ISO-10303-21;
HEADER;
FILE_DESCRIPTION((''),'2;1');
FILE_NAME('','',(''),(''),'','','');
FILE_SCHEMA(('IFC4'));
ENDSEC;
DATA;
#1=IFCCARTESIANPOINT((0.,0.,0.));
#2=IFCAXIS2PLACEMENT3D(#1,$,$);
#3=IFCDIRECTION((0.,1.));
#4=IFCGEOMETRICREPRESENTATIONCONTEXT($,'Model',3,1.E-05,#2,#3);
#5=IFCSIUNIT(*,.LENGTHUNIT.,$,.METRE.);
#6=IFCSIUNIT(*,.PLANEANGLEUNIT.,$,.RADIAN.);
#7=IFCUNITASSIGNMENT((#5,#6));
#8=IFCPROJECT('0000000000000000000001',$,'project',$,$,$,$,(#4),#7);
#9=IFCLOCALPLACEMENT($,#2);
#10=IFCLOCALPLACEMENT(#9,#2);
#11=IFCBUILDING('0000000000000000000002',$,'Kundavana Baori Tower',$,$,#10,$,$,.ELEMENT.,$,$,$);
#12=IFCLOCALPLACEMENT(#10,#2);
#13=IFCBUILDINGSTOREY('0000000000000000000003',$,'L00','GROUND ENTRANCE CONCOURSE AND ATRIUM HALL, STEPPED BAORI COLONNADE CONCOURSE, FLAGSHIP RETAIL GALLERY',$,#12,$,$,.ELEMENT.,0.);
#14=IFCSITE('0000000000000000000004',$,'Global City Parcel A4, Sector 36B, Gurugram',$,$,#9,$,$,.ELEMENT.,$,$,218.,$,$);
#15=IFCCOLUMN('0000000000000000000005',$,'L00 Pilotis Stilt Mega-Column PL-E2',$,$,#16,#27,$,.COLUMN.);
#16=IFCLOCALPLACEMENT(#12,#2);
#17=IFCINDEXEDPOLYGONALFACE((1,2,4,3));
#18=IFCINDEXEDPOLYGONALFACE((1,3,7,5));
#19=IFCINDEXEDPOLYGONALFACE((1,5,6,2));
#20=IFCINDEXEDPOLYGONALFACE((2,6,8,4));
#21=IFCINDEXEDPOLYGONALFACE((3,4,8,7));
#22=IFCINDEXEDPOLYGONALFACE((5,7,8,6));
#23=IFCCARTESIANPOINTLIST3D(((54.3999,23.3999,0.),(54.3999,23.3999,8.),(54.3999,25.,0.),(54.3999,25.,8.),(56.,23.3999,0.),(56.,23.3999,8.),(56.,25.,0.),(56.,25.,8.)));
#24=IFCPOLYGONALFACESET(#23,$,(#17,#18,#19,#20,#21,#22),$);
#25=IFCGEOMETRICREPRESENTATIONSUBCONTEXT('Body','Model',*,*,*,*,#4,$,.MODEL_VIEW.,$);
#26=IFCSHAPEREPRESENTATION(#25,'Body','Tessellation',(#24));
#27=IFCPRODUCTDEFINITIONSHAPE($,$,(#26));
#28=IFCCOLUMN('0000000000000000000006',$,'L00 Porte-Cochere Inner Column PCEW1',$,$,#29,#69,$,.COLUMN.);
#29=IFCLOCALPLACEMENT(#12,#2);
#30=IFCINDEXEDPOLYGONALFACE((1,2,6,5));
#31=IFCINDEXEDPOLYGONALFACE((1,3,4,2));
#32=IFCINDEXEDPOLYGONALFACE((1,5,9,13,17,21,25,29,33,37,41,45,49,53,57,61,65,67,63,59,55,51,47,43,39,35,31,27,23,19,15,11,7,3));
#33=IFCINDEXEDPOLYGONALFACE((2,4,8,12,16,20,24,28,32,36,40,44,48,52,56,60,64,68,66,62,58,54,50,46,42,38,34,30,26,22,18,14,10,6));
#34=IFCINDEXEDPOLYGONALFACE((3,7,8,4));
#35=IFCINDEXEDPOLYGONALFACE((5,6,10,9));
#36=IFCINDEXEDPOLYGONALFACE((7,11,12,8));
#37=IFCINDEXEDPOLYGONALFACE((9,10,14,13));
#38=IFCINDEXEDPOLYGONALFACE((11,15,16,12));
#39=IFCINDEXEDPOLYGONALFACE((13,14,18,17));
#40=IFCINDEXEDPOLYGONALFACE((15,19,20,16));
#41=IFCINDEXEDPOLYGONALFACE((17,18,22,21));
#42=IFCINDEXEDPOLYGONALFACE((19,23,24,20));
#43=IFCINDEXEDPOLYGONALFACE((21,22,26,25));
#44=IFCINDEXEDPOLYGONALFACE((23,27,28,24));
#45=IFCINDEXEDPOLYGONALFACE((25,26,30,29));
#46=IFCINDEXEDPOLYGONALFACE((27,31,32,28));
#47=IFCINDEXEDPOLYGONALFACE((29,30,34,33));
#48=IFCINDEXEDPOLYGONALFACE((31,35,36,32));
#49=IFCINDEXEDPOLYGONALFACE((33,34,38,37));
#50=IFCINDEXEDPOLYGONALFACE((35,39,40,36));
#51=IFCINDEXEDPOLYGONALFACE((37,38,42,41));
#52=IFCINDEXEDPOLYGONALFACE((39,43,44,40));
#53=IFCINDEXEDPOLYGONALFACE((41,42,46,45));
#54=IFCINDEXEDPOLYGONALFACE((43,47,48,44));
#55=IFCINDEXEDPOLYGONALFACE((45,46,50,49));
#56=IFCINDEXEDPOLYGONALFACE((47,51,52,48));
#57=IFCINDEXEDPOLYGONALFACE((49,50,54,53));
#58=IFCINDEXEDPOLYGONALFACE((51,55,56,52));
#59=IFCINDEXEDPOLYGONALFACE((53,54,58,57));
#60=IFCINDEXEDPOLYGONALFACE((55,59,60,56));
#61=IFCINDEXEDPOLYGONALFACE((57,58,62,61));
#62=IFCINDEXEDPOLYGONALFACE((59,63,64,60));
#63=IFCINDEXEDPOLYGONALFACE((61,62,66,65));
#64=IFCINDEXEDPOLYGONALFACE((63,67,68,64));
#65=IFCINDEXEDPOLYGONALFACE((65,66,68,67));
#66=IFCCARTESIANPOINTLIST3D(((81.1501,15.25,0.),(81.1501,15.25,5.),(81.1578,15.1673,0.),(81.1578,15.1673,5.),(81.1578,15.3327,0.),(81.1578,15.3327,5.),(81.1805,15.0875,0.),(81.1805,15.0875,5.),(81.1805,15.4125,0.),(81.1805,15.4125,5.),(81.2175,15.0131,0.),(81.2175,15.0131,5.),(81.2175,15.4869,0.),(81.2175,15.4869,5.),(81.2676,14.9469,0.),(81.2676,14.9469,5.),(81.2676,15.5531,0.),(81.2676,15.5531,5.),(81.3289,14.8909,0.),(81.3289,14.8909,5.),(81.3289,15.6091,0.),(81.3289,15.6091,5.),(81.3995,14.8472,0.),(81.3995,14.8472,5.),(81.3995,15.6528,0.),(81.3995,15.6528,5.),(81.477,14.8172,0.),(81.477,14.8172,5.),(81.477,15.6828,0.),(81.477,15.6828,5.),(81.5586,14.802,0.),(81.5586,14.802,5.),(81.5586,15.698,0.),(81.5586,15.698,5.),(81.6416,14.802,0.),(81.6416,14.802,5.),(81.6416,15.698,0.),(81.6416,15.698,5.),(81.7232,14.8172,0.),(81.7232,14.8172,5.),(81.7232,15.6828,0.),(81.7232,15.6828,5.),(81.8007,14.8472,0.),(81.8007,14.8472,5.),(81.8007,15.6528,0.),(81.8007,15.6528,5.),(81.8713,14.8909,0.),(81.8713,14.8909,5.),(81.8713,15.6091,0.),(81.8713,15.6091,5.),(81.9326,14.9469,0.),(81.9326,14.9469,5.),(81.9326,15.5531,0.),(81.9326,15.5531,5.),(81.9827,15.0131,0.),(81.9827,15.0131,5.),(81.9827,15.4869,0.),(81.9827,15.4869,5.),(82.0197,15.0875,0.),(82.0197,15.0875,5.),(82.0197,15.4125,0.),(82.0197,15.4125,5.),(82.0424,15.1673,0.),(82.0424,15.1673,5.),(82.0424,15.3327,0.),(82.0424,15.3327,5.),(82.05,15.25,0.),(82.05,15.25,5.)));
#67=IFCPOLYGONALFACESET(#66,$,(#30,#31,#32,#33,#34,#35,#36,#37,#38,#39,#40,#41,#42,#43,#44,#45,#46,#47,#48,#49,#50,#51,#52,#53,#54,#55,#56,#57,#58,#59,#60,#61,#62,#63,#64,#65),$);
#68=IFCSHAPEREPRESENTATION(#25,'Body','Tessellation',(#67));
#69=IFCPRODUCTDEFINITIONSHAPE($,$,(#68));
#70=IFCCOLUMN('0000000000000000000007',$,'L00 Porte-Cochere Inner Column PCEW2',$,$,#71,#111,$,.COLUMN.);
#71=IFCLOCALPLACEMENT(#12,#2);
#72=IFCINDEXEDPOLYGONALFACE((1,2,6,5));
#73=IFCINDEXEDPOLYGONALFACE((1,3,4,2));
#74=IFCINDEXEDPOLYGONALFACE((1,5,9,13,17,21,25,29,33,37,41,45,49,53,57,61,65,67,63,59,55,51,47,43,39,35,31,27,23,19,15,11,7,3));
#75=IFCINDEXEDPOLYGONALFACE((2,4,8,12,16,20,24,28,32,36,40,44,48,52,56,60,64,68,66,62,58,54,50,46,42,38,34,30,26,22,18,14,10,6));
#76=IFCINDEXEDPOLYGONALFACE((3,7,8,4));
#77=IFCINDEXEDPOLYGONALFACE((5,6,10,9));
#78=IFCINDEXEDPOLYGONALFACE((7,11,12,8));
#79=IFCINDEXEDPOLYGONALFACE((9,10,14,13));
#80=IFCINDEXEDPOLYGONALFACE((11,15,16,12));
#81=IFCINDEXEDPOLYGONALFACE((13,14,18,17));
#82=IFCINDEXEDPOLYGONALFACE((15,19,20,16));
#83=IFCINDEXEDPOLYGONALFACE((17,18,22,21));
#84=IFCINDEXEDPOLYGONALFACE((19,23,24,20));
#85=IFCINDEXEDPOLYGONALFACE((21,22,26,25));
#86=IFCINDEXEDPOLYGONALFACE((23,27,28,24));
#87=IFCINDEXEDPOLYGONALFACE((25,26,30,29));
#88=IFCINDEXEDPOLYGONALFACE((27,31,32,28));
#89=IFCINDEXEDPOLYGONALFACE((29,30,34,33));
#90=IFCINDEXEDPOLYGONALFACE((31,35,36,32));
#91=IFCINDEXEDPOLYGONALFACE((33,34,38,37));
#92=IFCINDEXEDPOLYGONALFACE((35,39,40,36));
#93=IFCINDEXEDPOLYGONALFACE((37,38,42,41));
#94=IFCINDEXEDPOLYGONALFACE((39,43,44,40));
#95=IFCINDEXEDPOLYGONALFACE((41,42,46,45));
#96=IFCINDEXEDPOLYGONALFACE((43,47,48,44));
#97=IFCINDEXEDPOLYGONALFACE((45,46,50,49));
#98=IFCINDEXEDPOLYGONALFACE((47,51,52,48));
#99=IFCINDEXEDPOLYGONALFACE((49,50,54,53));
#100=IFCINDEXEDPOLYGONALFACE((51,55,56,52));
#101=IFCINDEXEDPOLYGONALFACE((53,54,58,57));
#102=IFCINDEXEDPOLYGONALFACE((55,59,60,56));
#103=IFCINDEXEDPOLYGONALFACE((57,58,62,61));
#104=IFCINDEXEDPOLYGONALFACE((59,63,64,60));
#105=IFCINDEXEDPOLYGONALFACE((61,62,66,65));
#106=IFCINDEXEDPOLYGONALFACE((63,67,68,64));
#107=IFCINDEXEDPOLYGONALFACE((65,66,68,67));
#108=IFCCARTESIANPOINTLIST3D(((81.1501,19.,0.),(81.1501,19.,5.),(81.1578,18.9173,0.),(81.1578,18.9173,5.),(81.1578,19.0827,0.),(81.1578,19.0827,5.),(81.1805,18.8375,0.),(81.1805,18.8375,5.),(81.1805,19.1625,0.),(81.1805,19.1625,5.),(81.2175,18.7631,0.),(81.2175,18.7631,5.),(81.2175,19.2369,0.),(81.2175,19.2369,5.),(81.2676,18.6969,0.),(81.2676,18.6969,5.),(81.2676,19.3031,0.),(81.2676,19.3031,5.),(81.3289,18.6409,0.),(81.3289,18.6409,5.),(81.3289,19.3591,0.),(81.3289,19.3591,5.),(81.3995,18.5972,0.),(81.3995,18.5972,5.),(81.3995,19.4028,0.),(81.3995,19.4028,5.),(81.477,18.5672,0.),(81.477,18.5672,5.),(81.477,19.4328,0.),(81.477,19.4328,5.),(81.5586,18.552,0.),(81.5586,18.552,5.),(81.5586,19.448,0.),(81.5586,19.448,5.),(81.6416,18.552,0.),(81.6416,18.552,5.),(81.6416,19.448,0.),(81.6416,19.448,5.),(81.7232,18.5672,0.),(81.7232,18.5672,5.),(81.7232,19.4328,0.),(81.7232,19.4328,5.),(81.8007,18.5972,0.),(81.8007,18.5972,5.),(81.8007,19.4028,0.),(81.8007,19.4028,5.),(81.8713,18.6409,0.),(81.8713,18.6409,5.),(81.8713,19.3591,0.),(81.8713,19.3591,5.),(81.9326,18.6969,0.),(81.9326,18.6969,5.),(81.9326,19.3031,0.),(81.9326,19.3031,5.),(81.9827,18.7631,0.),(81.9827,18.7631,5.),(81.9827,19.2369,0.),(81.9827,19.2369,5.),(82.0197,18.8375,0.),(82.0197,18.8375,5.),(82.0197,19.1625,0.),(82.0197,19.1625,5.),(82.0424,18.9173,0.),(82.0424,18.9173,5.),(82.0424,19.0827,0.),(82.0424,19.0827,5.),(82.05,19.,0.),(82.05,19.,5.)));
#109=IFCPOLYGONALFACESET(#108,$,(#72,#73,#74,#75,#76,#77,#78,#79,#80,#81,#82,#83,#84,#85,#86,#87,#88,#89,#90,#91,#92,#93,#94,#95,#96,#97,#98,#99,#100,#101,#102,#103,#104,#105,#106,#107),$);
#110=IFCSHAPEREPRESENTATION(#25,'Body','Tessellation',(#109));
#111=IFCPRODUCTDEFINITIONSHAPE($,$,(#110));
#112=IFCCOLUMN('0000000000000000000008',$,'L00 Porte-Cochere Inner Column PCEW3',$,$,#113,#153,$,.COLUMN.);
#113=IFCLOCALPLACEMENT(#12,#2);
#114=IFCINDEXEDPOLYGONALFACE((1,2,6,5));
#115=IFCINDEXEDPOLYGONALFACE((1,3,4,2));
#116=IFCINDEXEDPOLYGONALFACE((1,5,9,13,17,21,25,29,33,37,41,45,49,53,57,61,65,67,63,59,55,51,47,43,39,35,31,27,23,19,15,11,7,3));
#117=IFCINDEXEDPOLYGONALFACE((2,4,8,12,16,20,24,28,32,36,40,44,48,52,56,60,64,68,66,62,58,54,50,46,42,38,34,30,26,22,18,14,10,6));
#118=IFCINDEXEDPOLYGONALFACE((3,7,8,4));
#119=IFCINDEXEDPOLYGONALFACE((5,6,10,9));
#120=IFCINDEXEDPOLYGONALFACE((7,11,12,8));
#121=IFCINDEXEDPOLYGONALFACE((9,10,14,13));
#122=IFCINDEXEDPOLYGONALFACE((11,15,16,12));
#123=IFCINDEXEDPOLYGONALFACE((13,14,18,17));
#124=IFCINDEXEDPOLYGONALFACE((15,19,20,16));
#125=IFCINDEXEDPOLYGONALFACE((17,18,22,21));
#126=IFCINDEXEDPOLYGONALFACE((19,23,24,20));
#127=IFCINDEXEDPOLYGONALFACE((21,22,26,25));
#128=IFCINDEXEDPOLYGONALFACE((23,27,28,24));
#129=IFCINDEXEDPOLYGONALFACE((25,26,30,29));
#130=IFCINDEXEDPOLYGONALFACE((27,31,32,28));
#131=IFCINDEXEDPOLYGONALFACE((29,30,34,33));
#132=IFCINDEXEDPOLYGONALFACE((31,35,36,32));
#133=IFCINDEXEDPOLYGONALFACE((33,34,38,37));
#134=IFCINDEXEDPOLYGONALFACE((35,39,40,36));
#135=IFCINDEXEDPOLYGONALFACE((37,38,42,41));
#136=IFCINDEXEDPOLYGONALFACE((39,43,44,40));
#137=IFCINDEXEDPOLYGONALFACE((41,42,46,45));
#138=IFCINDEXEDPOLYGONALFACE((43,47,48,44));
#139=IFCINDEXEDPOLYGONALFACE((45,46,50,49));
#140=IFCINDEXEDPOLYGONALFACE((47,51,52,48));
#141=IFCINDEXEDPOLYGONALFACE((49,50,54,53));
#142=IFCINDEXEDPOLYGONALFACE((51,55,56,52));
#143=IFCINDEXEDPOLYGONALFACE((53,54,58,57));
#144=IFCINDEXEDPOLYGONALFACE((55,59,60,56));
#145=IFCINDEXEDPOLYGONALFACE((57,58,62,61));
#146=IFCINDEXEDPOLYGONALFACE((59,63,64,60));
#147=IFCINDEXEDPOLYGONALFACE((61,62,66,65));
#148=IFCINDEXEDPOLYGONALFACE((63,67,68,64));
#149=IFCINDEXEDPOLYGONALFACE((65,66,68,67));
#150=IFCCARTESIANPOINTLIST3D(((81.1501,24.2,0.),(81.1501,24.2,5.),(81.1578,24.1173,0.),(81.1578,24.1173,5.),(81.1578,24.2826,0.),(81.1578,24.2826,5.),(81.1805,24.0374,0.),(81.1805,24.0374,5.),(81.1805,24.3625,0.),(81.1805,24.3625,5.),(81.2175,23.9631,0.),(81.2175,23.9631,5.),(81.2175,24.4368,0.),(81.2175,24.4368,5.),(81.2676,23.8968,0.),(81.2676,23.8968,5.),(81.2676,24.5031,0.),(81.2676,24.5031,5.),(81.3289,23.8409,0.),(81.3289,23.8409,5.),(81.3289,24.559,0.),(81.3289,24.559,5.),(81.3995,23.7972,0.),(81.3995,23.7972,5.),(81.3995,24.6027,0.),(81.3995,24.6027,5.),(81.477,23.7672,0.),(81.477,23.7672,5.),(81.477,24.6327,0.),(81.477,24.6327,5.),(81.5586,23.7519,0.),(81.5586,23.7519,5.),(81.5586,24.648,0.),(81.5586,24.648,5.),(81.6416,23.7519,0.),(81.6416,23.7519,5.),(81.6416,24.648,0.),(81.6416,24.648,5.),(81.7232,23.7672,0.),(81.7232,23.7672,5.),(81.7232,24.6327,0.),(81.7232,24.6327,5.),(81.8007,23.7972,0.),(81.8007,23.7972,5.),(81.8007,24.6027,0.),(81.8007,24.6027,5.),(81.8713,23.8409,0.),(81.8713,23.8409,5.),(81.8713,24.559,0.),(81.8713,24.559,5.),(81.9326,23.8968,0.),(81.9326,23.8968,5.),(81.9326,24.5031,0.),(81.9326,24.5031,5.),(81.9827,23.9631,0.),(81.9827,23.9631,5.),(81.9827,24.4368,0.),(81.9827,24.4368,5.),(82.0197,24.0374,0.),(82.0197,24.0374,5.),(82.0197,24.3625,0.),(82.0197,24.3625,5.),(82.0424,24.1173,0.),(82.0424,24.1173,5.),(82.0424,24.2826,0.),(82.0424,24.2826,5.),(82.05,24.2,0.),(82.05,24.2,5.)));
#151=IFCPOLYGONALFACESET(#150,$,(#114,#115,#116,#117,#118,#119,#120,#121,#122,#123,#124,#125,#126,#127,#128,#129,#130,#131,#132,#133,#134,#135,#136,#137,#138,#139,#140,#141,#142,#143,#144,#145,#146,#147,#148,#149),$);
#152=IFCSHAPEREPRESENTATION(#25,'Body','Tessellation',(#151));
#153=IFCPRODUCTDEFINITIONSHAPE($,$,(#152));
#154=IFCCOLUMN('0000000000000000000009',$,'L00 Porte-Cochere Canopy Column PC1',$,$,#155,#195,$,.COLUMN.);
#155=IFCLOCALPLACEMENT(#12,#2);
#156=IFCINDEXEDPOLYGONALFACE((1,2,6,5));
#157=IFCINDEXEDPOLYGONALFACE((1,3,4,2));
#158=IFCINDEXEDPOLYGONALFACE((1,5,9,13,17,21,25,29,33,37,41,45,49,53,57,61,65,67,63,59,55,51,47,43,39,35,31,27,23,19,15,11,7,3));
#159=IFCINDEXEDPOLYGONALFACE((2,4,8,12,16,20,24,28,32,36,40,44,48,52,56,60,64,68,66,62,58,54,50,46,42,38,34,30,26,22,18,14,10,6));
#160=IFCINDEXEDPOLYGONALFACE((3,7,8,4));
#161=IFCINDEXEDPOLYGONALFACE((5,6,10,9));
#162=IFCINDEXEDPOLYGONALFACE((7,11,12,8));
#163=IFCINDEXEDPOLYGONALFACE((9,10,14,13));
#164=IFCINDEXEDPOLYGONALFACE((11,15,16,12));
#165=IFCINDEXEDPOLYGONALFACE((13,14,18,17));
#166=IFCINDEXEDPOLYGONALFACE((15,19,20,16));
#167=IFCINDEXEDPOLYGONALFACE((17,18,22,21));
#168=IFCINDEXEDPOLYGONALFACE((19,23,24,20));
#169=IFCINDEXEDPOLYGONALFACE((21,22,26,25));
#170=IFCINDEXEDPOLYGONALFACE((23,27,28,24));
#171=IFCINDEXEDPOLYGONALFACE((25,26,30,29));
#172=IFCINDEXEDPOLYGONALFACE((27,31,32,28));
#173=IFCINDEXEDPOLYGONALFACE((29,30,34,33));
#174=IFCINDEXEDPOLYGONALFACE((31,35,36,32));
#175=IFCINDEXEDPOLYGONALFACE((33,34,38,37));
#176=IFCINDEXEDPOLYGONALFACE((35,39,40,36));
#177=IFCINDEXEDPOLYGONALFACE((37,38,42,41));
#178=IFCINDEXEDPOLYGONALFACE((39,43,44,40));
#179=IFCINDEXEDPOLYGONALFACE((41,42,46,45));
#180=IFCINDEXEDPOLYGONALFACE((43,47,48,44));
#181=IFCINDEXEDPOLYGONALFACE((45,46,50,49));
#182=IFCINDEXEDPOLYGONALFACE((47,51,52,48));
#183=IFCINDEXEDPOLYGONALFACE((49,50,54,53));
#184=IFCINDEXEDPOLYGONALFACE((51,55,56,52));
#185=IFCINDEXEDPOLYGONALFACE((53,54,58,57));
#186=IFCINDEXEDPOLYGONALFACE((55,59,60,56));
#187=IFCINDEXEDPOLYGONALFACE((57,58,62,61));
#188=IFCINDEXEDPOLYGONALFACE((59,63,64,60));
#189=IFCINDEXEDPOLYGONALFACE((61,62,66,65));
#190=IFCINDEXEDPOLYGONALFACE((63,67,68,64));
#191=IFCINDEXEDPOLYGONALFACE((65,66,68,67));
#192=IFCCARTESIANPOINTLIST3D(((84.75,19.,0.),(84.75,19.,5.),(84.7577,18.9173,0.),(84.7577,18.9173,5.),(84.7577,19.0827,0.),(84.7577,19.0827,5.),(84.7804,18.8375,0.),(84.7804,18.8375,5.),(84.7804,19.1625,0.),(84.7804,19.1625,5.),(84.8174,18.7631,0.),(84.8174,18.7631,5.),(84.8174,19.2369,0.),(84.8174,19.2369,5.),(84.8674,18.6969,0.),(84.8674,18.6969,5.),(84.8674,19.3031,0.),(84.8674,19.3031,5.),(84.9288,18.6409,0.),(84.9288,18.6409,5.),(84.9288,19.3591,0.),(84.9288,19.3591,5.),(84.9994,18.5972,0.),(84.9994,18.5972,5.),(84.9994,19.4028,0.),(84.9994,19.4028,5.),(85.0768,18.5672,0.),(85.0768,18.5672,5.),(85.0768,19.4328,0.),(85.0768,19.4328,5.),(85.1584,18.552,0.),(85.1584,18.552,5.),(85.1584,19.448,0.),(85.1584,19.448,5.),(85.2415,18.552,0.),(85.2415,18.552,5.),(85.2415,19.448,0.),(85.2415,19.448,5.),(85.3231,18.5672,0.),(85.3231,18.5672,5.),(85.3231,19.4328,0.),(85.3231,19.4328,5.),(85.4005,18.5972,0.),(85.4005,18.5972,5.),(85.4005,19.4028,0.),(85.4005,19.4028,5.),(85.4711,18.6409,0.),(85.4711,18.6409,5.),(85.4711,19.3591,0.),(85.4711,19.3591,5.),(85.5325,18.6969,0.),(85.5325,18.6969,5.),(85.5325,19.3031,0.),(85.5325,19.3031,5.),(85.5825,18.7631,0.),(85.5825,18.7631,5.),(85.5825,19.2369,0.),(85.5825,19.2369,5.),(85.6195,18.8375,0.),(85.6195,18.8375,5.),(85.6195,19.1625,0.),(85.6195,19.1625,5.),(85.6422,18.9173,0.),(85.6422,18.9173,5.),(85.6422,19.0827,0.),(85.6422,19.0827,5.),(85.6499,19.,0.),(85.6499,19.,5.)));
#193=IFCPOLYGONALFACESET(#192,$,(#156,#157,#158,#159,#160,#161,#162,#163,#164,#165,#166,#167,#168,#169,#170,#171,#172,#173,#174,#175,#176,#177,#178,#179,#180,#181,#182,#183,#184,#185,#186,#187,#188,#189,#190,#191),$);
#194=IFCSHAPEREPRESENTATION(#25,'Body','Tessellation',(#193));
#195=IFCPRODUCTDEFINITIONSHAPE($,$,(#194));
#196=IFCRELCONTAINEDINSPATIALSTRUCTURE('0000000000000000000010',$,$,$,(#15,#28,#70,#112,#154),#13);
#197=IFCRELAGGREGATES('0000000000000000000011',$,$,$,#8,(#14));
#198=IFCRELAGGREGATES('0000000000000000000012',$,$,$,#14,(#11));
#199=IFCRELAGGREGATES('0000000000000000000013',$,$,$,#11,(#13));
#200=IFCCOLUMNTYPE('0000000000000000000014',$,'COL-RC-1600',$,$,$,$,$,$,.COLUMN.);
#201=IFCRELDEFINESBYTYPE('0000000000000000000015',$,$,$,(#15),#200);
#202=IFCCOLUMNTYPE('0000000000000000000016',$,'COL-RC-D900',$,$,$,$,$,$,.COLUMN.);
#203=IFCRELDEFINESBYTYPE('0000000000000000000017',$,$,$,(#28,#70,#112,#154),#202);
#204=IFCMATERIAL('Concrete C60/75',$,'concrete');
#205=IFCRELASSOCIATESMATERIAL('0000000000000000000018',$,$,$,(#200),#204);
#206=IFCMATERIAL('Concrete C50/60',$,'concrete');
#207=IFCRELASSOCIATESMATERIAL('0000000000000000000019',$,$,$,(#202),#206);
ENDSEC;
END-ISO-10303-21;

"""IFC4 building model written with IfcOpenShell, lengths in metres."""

from ifc_helpers import new_model, si_unit, direction, frame, origin, origin_2d, place, context, subcontext, project, spatial, rectangle, circle, extrude, material, material_profile, profile_set, type_object, element, save


model = new_model("IFC4")

# Units and contexts
model_context = context("Model", 3, precision=1e-05, world=origin(), true_north=direction((0.0, 1.0)))
body_context = subcontext(model_context, "Body", "Model", "MODEL_VIEW")
ifc_project = project(units=[si_unit("LENGTHUNIT", "METRE"), si_unit("PLANEANGLEUNIT", "RADIAN")], contexts=[model_context])

# Site, building, storey
site_placement = place(None, origin())
site = spatial("IfcSite", under=ifc_project, at=site_placement, Name="Global City Parcel A4, Sector 36B, Gurugram", CompositionType="ELEMENT", RefElevation=218.0)
building_placement = place(site_placement, origin())
building = spatial("IfcBuilding", under=site, at=building_placement, Name="Kundavana Baori Tower", CompositionType="ELEMENT")
storey_placement = place(building_placement, origin())
storey = spatial("IfcBuildingStorey", under=building, at=storey_placement, Name="L00", Description="GROUND ENTRANCE CONCOURSE AND ATRIUM HALL, STEPPED BAORI COLONNADE CONCOURSE, FLAGSHIP RETAIL GALLERY", CompositionType="ELEMENT", Elevation=0.0)

# Columns
ifc_material_1 = material(Name="Concrete C60/75", Category="concrete")
ifc_material_profile_1 = material_profile(ifc_material_1, rectangle(XDim=1.6001, YDim=1.6001, at=origin_2d()), Name="RC 1600x1600")
ifc_profile_set_1 = profile_set([ifc_material_profile_1], Name="Concrete C60/75")
column_type_1 = type_object("IfcColumnType", Name="COL-RC-1600", PredefinedType="COLUMN", material=ifc_profile_set_1)
column_placement = place(storey_placement, frame((55.2, 24.2, 0.0), z_axis=(0.0, 0.0, 1.0), x_axis=(1.0, 0.0, 0.0)))
element("IfcColumn", 1, at=column_placement, inside=storey, type_object=column_type_1, Name="L00 Pilotis Stilt Mega-Column PL-E2", PredefinedType="COLUMN", context=body_context, shape_type="SweptSolid", body=[
    extrude(rectangle(XDim=1.6001, YDim=1.6001, at=origin_2d()), origin(), (0.0, 0.0, 1.0), 8.0),
])
ifc_material_2 = material(Name="Concrete C50/60", Category="concrete")
ifc_material_profile_2 = material_profile(ifc_material_2, circle(Radius=0.45, at=origin_2d()), Name="RC D900")
ifc_profile_set_2 = profile_set([ifc_material_profile_2], Name="Concrete C50/60")
column_type_2 = type_object("IfcColumnType", Name="COL-RC-D900", PredefinedType="COLUMN", material=ifc_profile_set_2)
for number, where, z_axis, x_axis, name in (
    (2, (81.6001, 15.25, 0.0), (0.0, 0.0, 1.0), (1.0, 0.0, 0.0), "L00 Porte-Cochere Inner Column PCEW1"),
    (3, (81.6001, 19.0, 0.0), (0.0, 0.0, 1.0), (1.0, 0.0, 0.0), "L00 Porte-Cochere Inner Column PCEW2"),
    (4, (81.6001, 24.2, 0.0), (0.0, 0.0, 1.0), (1.0, 0.0, 0.0), "L00 Porte-Cochere Inner Column PCEW3"),
    (5, (85.2, 19.0, 0.0), (0.0, 0.0, 1.0), (1.0, 0.0, 0.0), "L00 Porte-Cochere Canopy Column PC1"),
):
    element("IfcColumn", number, at=place(storey_placement, frame(where, z_axis=z_axis, x_axis=x_axis)), inside=storey, type_object=column_type_2, Name=name, PredefinedType="COLUMN", context=body_context, shape_type="SweptSolid", body=[
        extrude(circle(Radius=0.45, at=origin_2d()), origin(), (0.0, 0.0, 1.0), 5.0),
    ])

save(model, "model.ifc")
